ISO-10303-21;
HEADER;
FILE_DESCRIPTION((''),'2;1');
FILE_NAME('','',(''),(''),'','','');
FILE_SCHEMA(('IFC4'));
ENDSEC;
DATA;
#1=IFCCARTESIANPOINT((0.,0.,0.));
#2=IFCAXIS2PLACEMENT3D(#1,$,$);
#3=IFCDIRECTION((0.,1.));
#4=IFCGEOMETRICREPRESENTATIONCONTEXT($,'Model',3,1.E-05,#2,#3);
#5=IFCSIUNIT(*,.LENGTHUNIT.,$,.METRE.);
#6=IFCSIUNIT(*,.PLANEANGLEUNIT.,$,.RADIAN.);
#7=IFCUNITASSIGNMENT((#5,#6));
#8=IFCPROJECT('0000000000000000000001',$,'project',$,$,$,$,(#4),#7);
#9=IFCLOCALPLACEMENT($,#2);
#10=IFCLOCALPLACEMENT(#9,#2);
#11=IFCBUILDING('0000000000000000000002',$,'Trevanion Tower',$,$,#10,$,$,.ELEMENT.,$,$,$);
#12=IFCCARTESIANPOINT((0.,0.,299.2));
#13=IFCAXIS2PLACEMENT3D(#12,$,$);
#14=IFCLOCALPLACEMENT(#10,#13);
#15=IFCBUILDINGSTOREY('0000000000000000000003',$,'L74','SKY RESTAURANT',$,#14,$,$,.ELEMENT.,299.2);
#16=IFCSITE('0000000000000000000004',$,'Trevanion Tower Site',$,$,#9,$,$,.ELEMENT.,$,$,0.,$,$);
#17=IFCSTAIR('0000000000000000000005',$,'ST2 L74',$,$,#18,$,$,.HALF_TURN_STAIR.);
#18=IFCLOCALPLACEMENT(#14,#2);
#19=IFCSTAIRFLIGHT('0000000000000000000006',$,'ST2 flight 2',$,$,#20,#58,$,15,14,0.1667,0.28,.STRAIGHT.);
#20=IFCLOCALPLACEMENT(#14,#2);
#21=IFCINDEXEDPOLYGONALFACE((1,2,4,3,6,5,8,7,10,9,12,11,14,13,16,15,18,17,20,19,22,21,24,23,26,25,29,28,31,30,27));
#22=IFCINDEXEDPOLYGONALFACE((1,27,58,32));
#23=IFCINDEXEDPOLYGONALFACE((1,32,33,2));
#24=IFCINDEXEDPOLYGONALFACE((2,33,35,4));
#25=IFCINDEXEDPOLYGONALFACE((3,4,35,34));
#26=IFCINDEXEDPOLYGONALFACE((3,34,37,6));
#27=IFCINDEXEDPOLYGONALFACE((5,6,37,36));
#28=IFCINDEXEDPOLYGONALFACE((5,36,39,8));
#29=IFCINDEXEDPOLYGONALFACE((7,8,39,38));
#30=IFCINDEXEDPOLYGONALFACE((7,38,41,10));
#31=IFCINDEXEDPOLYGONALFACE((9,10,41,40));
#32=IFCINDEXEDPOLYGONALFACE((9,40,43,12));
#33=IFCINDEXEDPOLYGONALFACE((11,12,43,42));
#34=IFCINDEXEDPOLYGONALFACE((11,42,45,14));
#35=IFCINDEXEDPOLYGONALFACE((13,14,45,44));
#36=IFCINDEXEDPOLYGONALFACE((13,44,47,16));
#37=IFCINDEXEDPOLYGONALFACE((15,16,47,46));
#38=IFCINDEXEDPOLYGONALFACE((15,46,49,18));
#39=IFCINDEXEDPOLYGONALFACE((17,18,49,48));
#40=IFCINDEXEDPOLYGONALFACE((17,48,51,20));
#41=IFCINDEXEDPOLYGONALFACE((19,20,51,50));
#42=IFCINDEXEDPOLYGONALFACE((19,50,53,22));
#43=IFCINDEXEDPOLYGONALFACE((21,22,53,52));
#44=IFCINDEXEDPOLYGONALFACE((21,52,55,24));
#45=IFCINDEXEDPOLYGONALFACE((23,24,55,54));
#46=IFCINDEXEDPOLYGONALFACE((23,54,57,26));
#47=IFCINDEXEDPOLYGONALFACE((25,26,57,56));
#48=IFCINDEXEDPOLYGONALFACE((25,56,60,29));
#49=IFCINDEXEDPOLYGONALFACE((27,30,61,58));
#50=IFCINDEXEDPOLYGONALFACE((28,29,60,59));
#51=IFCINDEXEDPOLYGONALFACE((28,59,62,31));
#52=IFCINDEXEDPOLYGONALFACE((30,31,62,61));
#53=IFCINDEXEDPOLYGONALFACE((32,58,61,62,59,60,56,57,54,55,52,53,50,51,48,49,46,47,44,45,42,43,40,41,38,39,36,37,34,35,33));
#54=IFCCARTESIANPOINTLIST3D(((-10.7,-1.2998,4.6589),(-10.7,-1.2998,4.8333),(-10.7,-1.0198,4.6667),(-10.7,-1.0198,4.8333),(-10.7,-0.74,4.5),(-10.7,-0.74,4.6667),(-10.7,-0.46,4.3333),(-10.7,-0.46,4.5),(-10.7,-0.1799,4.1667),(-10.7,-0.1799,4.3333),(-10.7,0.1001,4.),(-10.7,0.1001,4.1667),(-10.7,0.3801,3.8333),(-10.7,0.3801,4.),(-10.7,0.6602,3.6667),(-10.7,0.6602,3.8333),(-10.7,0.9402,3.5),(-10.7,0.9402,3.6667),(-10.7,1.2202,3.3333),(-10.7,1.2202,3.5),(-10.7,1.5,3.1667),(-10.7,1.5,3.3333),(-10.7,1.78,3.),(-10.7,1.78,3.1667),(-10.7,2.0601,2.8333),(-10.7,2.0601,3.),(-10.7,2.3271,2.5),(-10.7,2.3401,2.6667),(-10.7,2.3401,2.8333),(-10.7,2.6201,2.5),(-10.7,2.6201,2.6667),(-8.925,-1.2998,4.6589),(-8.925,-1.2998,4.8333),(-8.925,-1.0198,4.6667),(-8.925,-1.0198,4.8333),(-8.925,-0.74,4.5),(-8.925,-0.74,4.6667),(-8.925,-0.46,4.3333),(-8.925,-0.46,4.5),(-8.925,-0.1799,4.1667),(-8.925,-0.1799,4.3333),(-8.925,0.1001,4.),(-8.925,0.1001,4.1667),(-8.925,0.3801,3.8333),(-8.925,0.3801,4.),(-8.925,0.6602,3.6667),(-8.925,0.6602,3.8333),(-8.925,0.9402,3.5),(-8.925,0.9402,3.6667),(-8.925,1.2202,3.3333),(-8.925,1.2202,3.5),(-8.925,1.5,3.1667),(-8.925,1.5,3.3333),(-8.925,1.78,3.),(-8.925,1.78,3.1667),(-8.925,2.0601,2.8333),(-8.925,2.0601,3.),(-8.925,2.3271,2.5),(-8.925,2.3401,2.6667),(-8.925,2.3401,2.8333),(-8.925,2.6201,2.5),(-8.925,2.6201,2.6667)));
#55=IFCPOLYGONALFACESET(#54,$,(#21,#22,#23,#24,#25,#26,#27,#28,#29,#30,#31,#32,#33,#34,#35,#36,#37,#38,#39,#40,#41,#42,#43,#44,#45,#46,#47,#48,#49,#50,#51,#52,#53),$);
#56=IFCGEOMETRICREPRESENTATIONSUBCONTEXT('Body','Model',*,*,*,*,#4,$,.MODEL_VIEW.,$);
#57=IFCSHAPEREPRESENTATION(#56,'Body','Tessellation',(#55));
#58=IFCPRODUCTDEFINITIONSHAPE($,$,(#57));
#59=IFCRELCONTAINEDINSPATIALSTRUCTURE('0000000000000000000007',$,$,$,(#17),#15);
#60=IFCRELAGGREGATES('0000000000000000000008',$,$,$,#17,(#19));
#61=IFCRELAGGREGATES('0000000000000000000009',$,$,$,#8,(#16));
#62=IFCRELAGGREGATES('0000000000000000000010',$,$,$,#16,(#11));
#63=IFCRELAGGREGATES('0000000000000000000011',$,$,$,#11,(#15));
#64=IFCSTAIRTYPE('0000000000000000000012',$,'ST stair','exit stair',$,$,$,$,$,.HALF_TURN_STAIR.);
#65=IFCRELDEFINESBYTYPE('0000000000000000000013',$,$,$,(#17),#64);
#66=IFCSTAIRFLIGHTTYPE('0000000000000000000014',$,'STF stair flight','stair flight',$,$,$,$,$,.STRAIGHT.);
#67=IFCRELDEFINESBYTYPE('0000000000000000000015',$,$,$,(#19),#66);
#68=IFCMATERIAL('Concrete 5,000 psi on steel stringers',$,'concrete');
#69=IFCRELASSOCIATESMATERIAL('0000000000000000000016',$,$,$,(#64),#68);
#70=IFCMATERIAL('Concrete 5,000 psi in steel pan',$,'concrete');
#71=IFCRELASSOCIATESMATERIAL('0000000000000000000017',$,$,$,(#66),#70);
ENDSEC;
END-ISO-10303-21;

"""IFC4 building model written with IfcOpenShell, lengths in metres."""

from ifc_helpers import new_model, si_unit, direction, frame, origin, place, context, subcontext, project, spatial, polyline, outline, extrude, material, type_object, element, aggregate, save


model = new_model("IFC4")

# Units and contexts
model_context = context("Model", 3, precision=1e-05, world=origin(), true_north=direction((0.0, 1.0)))
body_context = subcontext(model_context, "Body", "Model", "MODEL_VIEW")
ifc_project = project(units=[si_unit("LENGTHUNIT", "METRE"), si_unit("PLANEANGLEUNIT", "RADIAN")], contexts=[model_context])

# Site, building, storey
site_placement = place(None, origin())
site = spatial("IfcSite", under=ifc_project, at=site_placement, Name="Trevanion Tower Site", CompositionType="ELEMENT", RefElevation=0.0)
building_placement = place(site_placement, origin())
building = spatial("IfcBuilding", under=site, at=building_placement, Name="Trevanion Tower", CompositionType="ELEMENT")
storey_placement = place(building_placement, frame((0.0, 0.0, 299.2)))
storey = spatial("IfcBuildingStorey", under=building, at=storey_placement, Name="L74", Description="SKY RESTAURANT", CompositionType="ELEMENT", Elevation=299.2)

# Stair, stair flight
ifc_material_1 = material(Name="Concrete 5,000 psi on steel stringers", Category="concrete")
stair_type = type_object("IfcStairType", Name="ST stair", Description="exit stair", PredefinedType="HALF_TURN_STAIR", material=ifc_material_1)
stair_placement = place(storey_placement, origin())
stair = element("IfcStair", 1, at=stair_placement, inside=storey, type_object=stair_type, Name="ST2 L74", PredefinedType="HALF_TURN_STAIR")
ifc_material_2 = material(Name="Concrete 5,000 psi in steel pan", Category="concrete")
stair_flight_type = type_object("IfcStairFlightType", Name="STF stair flight", Description="stair flight", PredefinedType="STRAIGHT", material=ifc_material_2)
stair_flight_placement = place(storey_placement, frame((-9.8125, 2.6201, 2.5), z_axis=(0.0, 0.0, 1.0), x_axis=(0.0, -1.0, 0.0)))
stair_flight = element("IfcStairFlight", 2, at=stair_flight_placement, type_object=stair_flight_type, Name="ST2 flight 2", NumberOfRisers=15, NumberOfTreads=14, PredefinedType="STRAIGHT", RiserHeight=0.1667, TreadLength=0.28, context=body_context, shape_type="SweptSolid", body=[
    extrude(outline(polyline([(0.0, 0.0), (0.0, 0.1667), (0.28, 0.1667), (0.28, 0.3333), (0.5601, 0.3333), (0.5601, 0.5), (0.8401, 0.5), (0.8401, 0.6667), (1.1201, 0.6667), (1.1201, 0.8333), (1.3999, 0.8333), (1.3999, 1.0), (1.6799, 1.0), (1.6799, 1.1667), (1.96, 1.1667), (1.96, 1.3333), (2.24, 1.3333), (2.24, 1.5), (2.52, 1.5), (2.52, 1.6667), (2.8, 1.6667), (2.8, 1.8333), (3.0801, 1.8333), (3.0801, 2.0), (3.3601, 2.0), (3.3601, 2.1667), (3.6399, 2.1667), (3.6399, 2.3333), (3.9199, 2.3333), (3.9199, 2.5), (3.9199, 2.1589), (0.293, 0.0), (0.0, 0.0)])), frame((0.0, 0.8875, 0.0), z_axis=(0.0, -1.0, 0.0), x_axis=(1.0, 0.0, 0.0)), (0.0, 0.0, 1.0), 1.7749),
])
aggregate(stair, [stair_flight])

save(model, "model.ifc")
